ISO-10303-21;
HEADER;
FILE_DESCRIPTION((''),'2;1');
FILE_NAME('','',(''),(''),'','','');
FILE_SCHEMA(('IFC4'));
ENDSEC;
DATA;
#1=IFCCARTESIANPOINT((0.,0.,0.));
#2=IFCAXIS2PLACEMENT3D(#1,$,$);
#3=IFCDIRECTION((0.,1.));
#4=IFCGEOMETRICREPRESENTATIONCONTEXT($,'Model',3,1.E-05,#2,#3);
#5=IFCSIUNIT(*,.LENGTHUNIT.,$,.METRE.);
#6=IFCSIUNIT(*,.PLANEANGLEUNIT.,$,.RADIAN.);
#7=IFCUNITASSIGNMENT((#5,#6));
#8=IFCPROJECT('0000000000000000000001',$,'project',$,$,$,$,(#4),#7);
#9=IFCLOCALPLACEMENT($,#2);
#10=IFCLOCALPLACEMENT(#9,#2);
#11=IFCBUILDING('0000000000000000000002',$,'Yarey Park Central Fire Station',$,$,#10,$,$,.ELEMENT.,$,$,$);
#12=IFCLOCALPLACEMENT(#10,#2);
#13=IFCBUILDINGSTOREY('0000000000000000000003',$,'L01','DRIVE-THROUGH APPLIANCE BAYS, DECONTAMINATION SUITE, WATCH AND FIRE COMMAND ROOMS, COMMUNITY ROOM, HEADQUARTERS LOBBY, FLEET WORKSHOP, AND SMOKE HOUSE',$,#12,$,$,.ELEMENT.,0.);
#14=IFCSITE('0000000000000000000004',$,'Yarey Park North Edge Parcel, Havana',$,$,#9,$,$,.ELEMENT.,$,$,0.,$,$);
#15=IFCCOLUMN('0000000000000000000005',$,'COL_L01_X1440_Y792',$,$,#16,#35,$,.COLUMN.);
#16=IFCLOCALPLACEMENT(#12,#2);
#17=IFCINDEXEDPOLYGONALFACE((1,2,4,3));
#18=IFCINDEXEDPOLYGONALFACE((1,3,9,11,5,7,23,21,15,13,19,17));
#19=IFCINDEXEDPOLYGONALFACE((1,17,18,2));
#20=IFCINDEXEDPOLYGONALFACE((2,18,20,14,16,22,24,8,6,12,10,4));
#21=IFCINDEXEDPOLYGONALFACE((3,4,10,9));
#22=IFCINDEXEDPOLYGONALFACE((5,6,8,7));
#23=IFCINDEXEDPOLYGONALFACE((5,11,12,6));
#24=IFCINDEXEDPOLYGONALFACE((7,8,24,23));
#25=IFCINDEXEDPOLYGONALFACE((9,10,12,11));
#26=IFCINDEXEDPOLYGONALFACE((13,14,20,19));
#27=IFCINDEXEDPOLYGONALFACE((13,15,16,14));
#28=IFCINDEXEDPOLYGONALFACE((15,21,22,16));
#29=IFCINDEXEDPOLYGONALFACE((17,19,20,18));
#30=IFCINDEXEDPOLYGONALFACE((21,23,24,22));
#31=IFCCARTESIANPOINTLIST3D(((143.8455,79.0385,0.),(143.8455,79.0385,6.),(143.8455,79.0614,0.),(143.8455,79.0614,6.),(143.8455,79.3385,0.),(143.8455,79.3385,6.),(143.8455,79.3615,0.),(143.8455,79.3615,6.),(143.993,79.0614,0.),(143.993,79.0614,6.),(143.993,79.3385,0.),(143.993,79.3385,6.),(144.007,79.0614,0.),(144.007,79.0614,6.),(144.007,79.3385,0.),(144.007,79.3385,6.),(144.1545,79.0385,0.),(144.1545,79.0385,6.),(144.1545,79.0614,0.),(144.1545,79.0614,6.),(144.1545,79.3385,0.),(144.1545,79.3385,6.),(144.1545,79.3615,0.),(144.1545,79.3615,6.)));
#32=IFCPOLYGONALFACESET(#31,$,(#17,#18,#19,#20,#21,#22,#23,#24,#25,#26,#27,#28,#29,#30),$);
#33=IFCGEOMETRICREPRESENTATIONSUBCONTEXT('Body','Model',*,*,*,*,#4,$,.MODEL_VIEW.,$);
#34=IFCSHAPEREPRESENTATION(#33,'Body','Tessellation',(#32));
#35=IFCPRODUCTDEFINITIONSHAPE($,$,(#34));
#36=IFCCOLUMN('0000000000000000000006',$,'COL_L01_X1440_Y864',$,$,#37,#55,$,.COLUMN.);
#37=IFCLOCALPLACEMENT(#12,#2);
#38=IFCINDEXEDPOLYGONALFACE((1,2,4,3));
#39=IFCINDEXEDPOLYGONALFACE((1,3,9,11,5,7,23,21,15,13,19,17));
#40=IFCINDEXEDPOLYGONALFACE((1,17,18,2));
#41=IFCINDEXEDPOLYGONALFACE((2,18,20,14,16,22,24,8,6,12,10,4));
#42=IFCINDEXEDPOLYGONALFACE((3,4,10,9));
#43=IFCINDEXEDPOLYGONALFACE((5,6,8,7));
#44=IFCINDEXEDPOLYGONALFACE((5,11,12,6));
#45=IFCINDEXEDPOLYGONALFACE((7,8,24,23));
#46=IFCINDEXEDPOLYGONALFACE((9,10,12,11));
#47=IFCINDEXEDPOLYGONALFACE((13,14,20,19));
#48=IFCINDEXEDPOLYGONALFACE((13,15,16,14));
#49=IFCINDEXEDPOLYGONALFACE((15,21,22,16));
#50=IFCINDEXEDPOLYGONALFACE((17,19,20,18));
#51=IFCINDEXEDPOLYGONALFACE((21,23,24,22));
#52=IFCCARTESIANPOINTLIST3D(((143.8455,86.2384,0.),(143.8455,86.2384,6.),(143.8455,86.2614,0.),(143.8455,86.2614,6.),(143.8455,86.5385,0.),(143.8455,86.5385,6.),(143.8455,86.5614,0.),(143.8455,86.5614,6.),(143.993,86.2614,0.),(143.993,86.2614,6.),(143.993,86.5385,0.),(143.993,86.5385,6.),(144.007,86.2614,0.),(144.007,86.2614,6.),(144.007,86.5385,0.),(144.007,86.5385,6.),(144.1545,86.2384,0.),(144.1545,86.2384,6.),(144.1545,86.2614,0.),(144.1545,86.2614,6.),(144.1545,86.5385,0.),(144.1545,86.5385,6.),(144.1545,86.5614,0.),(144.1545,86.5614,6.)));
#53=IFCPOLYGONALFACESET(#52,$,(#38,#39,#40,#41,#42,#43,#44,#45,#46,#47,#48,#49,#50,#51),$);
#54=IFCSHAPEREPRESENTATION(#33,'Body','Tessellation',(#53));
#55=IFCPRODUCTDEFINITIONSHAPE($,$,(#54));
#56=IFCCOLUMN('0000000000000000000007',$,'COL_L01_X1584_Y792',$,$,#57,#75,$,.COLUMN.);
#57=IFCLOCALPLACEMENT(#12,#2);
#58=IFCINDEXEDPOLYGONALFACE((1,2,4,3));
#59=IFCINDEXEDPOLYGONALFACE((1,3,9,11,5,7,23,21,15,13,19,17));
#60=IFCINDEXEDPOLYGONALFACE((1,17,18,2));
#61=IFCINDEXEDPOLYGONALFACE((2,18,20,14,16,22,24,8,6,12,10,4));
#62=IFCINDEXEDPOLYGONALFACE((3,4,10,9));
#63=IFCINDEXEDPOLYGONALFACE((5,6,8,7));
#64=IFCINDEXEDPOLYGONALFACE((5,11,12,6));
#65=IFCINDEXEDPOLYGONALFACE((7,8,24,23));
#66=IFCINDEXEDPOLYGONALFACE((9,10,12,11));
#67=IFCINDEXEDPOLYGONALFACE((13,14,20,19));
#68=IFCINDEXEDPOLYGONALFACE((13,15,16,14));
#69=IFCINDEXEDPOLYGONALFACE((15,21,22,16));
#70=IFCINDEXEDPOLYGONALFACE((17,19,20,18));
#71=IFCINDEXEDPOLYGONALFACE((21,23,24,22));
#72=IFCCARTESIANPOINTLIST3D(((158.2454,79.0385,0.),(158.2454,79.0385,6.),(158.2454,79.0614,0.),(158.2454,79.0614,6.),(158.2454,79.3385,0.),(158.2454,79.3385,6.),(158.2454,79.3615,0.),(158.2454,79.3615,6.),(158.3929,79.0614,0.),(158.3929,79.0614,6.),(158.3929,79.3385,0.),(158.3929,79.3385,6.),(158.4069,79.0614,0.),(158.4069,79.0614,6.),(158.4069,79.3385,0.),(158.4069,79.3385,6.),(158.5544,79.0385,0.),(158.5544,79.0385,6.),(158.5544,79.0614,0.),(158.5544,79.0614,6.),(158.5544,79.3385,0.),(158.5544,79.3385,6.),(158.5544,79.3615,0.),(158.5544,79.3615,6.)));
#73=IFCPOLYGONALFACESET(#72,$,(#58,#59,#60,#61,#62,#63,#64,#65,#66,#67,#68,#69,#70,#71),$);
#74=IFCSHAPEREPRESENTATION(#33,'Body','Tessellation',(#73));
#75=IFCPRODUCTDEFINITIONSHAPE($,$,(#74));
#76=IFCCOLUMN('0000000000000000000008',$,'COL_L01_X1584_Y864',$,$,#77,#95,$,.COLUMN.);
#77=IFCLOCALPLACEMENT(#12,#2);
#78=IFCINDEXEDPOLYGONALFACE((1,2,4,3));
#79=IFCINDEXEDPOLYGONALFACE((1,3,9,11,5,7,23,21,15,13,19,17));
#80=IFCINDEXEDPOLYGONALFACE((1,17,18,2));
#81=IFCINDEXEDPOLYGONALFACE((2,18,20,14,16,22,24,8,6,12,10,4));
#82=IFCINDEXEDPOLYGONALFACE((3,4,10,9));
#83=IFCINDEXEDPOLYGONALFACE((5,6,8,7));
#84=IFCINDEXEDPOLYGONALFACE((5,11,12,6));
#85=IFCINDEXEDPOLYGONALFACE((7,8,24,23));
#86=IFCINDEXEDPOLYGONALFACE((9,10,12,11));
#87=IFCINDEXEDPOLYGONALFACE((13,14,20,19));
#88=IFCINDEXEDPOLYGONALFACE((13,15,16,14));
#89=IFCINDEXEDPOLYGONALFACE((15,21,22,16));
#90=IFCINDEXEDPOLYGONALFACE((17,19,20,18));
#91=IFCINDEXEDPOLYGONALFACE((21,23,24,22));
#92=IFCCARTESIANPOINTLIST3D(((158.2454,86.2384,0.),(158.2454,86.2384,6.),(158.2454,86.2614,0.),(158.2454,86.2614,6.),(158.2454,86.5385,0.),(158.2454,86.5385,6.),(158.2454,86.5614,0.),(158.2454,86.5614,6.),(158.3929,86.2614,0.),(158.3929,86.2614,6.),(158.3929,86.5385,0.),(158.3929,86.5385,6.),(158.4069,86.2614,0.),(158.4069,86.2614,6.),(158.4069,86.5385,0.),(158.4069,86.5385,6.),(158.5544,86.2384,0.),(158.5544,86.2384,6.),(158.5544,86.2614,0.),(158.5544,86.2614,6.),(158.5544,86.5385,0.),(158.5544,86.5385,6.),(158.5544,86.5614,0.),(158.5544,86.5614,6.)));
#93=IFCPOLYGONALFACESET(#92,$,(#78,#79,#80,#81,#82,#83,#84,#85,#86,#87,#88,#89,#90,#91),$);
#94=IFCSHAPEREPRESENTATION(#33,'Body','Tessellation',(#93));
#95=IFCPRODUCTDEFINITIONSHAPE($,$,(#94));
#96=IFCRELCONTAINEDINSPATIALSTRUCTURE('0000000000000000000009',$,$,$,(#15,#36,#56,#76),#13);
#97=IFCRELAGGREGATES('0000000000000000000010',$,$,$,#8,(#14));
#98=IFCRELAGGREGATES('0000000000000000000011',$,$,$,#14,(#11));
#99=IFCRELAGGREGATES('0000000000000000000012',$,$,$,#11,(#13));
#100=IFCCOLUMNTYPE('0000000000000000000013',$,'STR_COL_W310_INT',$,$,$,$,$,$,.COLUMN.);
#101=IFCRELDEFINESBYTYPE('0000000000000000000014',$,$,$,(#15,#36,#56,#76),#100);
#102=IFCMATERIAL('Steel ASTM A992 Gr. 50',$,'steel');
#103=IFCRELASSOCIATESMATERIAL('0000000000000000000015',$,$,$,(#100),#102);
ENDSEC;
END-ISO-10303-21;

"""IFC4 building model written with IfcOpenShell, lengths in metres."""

from ifc_helpers import new_model, si_unit, direction, frame, origin, origin_2d, place, context, subcontext, project, spatial, i_section, extrude, material, material_profile, profile_set, type_object, element, save


model = new_model("IFC4")

# Units and contexts
model_context = context("Model", 3, precision=1e-05, world=origin(), true_north=direction((0.0, 1.0)))
body_context = subcontext(model_context, "Body", "Model", "MODEL_VIEW")
ifc_project = project(units=[si_unit("LENGTHUNIT", "METRE"), si_unit("PLANEANGLEUNIT", "RADIAN")], contexts=[model_context])

# Site, building, storey
site_placement = place(None, origin())
site = spatial("IfcSite", under=ifc_project, at=site_placement, Name="Yarey Park North Edge Parcel, Havana", CompositionType="ELEMENT", RefElevation=0.0)
building_placement = place(site_placement, origin())
building = spatial("IfcBuilding", under=site, at=building_placement, Name="Yarey Park Central Fire Station", CompositionType="ELEMENT")
storey_placement = place(building_placement, origin())
storey = spatial("IfcBuildingStorey", under=building, at=storey_placement, Name="L01", Description="DRIVE-THROUGH APPLIANCE BAYS, DECONTAMINATION SUITE, WATCH AND FIRE COMMAND ROOMS, COMMUNITY ROOM, HEADQUARTERS LOBBY, FLEET WORKSHOP, AND SMOKE HOUSE", CompositionType="ELEMENT", Elevation=0.0)

# Columns
ifc_material_1 = material(Name="Steel ASTM A992 Gr. 50", Category="steel")
ifc_material_profile_1 = material_profile(ifc_material_1, i_section(OverallWidth=0.3091, OverallDepth=0.323, WebThickness=0.0139, FlangeThickness=0.0229, at=origin_2d()), Name="W310x143")
ifc_profile_set_1 = profile_set([ifc_material_profile_1], Name="Steel ASTM A992 Gr. 50")
column_type_1 = type_object("IfcColumnType", Name="STR_COL_W310_INT", PredefinedType="COLUMN", material=ifc_profile_set_1)
for number, where, z_axis, x_axis, name in (
    (1, (144.0, 79.2, 0.0), (0.0, 0.0, 1.0), (1.0, 0.0, 0.0), "COL_L01_X1440_Y792"),
    (2, (144.0, 86.3999, 0.0), (0.0, 0.0, 1.0), (1.0, 0.0, 0.0), "COL_L01_X1440_Y864"),
    (3, (158.3999, 79.2, 0.0), (0.0, 0.0, 1.0), (1.0, 0.0, 0.0), "COL_L01_X1584_Y792"),
    (4, (158.3999, 86.3999, 0.0), (0.0, 0.0, 1.0), (1.0, 0.0, 0.0), "COL_L01_X1584_Y864"),
):
    element("IfcColumn", number, at=place(storey_placement, frame(where, z_axis=z_axis, x_axis=x_axis)), inside=storey, type_object=column_type_1, Name=name, PredefinedType="COLUMN", context=body_context, shape_type="SweptSolid", body=[
        extrude(i_section(OverallWidth=0.3091, OverallDepth=0.323, WebThickness=0.0139, FlangeThickness=0.0229, at=origin_2d()), origin(), (0.0, 0.0, 1.0), 6.0),
    ])

save(model, "model.ifc")
